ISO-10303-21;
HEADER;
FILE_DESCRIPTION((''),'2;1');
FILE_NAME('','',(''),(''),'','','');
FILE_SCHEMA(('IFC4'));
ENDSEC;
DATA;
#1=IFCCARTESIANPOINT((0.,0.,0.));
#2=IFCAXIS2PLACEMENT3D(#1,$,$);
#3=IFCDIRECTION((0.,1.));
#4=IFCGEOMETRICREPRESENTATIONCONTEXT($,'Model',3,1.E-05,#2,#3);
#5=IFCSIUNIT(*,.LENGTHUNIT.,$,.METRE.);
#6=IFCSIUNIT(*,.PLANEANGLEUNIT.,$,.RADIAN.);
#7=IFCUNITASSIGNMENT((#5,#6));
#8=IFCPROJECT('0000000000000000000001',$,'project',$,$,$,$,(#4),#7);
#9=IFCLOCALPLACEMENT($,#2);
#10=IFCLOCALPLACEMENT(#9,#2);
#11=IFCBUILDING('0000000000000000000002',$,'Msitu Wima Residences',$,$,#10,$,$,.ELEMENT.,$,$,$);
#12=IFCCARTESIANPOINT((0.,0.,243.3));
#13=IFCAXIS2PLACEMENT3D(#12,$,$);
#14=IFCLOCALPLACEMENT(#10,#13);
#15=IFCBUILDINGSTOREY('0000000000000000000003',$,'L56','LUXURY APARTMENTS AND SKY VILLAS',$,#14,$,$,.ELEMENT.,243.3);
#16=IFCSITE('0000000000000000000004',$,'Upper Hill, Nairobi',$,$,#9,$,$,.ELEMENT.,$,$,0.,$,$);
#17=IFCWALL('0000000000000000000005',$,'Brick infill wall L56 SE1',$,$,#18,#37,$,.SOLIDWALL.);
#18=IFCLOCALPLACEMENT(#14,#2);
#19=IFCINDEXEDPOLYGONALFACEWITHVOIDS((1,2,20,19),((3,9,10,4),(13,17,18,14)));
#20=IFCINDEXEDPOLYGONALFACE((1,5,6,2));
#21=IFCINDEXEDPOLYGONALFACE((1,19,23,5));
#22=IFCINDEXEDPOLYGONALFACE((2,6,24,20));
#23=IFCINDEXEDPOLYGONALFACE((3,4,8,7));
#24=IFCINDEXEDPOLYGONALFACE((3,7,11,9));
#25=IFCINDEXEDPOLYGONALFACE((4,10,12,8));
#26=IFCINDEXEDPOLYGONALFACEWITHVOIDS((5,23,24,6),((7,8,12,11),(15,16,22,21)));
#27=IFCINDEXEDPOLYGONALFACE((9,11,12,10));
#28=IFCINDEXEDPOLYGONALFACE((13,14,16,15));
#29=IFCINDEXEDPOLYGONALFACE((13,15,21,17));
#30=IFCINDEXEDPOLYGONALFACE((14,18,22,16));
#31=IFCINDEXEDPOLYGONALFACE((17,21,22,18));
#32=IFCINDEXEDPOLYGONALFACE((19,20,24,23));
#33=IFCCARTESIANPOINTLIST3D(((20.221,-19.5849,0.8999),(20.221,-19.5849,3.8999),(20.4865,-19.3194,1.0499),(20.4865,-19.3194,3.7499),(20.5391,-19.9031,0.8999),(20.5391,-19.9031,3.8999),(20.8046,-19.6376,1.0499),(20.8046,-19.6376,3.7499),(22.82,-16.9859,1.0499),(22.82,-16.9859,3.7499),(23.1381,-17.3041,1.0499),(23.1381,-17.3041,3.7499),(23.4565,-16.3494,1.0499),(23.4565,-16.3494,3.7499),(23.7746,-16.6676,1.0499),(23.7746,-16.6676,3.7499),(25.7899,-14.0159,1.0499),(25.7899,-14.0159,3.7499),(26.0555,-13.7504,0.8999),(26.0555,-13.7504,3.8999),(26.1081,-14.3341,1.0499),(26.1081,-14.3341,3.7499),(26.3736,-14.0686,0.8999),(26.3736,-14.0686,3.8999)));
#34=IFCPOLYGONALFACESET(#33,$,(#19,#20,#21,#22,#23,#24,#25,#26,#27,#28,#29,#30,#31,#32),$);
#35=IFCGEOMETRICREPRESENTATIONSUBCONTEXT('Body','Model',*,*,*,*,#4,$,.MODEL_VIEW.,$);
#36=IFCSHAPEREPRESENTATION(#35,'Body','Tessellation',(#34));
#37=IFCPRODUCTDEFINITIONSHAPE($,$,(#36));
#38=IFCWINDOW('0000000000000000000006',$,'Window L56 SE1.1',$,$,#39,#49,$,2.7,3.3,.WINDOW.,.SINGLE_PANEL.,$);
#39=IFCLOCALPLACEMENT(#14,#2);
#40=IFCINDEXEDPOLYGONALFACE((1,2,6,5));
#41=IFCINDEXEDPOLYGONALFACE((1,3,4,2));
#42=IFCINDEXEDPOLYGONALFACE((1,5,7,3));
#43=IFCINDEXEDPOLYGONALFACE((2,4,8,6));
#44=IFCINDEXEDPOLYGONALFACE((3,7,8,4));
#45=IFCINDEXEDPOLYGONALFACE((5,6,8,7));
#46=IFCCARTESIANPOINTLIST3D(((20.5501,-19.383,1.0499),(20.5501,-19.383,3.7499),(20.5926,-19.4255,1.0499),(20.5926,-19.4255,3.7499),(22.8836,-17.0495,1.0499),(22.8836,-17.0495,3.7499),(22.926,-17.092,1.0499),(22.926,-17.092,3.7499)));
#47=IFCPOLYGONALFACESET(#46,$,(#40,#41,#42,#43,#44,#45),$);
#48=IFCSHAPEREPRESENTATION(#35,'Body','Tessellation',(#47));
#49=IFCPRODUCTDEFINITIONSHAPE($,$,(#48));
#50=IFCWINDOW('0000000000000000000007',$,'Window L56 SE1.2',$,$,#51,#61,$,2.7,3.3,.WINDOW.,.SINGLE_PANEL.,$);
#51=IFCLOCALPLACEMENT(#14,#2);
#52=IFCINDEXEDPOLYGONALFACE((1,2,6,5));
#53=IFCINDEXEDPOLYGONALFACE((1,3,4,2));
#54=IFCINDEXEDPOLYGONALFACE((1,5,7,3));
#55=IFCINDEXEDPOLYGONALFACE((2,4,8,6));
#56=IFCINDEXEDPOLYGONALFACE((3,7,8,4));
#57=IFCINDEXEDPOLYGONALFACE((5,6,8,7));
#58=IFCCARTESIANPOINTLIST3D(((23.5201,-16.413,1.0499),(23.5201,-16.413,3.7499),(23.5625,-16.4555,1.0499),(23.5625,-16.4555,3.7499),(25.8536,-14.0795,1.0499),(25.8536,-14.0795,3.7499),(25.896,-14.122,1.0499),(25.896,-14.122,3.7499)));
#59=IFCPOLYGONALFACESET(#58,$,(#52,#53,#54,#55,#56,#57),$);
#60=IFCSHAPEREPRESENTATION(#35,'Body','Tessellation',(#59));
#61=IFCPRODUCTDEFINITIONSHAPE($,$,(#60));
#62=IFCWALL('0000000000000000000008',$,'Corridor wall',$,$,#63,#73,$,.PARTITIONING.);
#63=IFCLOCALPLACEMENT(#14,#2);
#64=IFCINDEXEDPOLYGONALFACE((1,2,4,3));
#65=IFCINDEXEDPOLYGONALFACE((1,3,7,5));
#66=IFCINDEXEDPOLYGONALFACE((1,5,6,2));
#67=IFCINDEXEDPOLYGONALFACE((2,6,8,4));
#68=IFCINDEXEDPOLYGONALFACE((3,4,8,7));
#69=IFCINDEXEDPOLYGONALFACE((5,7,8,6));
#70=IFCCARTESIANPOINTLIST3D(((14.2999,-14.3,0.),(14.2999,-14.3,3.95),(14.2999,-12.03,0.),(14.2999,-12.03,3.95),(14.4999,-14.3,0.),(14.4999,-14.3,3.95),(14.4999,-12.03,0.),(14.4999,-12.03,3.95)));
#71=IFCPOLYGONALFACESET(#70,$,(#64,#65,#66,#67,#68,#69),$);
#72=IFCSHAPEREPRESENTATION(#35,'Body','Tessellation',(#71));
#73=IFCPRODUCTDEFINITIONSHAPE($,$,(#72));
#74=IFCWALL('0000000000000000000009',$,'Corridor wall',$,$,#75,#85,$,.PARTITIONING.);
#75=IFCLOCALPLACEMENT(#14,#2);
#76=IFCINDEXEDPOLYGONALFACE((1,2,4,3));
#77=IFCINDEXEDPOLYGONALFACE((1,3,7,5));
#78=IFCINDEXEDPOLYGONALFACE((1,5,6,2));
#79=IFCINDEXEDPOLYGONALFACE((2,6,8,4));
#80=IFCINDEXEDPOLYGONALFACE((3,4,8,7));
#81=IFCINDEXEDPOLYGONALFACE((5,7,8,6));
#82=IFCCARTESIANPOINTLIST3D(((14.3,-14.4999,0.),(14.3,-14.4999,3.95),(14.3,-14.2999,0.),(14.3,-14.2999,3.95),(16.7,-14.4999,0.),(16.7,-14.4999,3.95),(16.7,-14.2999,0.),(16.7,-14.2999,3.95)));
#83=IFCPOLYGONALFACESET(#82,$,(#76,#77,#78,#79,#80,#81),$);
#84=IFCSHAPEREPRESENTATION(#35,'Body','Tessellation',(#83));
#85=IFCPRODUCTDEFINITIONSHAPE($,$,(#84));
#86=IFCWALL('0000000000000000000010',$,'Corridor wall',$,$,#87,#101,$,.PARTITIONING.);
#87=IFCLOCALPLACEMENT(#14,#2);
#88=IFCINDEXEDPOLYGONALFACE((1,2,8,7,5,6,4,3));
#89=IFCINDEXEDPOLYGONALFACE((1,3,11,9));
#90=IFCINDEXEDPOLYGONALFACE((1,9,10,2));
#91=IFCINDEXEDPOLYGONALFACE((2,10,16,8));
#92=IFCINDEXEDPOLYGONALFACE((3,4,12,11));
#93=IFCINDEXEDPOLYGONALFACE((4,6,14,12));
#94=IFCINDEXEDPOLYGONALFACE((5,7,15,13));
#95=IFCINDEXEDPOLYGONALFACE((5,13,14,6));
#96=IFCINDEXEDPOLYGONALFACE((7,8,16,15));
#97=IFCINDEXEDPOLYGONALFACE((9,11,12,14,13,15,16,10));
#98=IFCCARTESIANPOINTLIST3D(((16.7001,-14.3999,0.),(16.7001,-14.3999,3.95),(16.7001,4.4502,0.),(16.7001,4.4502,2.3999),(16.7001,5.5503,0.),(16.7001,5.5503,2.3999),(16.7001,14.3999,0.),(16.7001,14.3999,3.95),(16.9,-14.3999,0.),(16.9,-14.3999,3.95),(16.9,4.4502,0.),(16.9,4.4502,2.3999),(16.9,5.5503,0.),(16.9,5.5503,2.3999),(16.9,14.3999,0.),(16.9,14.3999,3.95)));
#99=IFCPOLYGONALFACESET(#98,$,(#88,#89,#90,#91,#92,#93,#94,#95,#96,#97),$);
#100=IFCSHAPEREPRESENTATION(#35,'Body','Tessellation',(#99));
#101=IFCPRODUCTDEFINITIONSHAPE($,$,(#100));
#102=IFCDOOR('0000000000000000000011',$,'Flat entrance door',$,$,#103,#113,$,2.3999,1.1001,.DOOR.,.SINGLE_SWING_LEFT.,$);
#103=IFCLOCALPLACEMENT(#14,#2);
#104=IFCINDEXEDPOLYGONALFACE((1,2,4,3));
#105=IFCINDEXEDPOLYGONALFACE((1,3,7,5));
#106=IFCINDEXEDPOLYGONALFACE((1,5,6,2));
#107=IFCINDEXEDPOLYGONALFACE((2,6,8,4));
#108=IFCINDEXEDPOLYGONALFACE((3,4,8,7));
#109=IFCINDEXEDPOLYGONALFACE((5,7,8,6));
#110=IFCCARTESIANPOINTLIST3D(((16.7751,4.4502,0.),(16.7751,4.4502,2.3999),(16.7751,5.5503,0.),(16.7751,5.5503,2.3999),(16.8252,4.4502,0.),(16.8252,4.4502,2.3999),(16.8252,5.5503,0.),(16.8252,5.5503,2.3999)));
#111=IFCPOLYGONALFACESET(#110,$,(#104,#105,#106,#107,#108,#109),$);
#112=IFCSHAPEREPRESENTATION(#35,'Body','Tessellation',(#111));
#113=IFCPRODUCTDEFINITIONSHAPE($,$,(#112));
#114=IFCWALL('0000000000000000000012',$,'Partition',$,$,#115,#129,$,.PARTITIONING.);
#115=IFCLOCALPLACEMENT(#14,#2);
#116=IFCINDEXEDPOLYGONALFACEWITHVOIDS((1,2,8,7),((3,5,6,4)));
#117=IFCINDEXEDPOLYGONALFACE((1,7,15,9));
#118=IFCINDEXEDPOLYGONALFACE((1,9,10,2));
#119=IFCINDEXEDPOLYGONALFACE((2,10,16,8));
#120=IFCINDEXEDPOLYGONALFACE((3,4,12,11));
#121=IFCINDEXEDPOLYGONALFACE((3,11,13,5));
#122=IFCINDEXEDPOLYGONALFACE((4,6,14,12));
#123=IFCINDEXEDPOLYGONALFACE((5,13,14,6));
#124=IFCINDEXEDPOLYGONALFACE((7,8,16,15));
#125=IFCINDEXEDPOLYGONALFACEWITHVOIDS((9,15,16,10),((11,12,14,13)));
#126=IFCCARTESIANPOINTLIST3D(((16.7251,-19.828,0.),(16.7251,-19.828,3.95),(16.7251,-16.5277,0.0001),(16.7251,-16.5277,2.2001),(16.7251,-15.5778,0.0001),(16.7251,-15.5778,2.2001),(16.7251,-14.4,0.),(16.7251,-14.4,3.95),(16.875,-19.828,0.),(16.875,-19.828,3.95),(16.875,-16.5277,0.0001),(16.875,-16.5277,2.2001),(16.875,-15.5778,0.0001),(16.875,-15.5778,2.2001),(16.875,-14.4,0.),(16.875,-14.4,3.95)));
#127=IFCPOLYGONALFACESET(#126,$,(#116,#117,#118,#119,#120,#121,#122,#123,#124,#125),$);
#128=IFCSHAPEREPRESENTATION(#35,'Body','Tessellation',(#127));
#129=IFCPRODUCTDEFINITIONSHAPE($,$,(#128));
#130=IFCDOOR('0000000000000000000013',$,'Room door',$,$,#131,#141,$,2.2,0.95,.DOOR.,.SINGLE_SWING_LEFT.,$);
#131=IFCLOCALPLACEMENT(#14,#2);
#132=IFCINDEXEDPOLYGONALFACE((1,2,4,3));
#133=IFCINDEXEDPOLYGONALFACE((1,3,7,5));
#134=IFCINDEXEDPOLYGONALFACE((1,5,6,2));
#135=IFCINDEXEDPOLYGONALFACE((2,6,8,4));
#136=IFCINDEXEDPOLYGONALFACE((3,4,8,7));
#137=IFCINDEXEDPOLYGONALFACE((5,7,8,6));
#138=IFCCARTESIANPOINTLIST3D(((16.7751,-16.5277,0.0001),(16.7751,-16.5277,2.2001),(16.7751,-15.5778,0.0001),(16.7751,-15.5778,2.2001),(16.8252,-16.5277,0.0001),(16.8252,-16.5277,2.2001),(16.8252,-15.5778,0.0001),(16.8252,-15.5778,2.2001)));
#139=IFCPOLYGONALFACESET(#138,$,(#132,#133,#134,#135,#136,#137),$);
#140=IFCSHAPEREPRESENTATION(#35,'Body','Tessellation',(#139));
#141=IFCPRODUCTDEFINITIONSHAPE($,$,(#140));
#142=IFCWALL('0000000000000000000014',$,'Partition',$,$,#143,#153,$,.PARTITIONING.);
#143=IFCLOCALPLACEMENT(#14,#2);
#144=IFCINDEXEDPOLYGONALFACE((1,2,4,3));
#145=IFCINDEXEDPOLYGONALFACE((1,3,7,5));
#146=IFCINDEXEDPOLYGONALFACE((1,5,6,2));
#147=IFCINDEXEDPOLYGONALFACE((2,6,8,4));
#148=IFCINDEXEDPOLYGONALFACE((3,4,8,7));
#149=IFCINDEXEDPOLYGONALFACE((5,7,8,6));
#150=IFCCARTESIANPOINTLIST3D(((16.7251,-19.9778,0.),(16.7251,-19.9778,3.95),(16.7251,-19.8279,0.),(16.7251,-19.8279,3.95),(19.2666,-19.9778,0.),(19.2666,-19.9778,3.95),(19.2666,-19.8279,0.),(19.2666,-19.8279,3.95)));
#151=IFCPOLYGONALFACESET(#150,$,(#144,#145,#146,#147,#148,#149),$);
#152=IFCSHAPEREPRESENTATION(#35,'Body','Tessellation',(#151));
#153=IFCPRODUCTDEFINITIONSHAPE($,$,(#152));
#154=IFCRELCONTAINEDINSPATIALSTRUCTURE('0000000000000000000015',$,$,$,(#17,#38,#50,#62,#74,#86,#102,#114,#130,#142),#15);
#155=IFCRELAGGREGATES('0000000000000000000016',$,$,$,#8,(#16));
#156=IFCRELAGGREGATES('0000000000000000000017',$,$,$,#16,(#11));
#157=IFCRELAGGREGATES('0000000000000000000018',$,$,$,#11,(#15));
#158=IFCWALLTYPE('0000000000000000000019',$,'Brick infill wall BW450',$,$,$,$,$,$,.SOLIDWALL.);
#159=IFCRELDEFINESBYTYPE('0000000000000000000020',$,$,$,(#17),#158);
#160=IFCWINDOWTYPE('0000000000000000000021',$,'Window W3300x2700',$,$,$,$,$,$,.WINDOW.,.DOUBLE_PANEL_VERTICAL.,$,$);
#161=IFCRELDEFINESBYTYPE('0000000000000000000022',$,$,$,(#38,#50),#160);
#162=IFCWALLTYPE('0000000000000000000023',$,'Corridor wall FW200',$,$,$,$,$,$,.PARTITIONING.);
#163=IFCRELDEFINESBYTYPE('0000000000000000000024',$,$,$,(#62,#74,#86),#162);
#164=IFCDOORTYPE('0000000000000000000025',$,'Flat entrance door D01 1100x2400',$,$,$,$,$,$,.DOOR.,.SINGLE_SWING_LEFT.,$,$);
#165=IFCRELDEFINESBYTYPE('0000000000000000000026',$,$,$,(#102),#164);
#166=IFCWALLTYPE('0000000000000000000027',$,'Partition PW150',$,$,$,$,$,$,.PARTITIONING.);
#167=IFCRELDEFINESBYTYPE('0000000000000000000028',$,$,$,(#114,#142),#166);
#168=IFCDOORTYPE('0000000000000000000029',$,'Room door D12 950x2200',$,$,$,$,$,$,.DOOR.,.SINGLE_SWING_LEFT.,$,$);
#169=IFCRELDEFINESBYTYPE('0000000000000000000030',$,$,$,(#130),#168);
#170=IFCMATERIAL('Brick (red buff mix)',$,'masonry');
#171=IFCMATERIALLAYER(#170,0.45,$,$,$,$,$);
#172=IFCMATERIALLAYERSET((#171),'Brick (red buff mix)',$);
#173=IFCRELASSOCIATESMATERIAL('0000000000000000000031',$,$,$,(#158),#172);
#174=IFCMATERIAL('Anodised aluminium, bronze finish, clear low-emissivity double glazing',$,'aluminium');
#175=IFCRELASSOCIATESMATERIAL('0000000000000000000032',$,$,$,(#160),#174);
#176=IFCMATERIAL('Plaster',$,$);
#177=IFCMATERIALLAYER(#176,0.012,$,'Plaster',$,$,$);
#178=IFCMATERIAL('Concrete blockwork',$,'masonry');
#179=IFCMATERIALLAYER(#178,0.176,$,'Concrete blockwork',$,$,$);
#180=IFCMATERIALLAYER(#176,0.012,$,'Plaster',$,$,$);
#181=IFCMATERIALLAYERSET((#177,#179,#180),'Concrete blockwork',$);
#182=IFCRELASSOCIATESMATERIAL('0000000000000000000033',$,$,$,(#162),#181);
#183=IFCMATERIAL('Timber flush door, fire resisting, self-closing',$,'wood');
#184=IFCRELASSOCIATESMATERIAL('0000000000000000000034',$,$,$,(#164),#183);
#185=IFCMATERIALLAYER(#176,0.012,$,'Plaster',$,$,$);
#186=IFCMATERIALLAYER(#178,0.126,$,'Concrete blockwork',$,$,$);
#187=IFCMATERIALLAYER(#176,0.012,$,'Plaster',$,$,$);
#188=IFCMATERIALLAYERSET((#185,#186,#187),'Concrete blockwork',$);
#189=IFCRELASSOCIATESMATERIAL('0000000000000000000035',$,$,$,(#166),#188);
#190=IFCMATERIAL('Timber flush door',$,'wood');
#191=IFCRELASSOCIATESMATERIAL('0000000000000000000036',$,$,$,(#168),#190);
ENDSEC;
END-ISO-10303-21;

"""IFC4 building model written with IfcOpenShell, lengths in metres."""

from ifc_helpers import new_model, si_unit, direction, frame, frame_2d, origin, place, context, subcontext, project, spatial, rectangle, extrude, material, layer, layer_set, type_object, element, fill, save


model = new_model("IFC4")

# Units and contexts
model_context = context("Model", 3, precision=1e-05, world=origin(), true_north=direction((0.0, 1.0)))
body_context = subcontext(model_context, "Body", "Model", "MODEL_VIEW")
ifc_project = project(units=[si_unit("LENGTHUNIT", "METRE"), si_unit("PLANEANGLEUNIT", "RADIAN")], contexts=[model_context])

# Site, building, storey
site_placement = place(None, origin())
site = spatial("IfcSite", under=ifc_project, at=site_placement, Name="Upper Hill, Nairobi", CompositionType="ELEMENT", RefElevation=0.0)
building_placement = place(site_placement, origin())
building = spatial("IfcBuilding", under=site, at=building_placement, Name="Msitu Wima Residences", CompositionType="ELEMENT")
storey_placement = place(building_placement, frame((0.0, 0.0, 243.3)))
storey = spatial("IfcBuildingStorey", under=building, at=storey_placement, Name="L56", Description="LUXURY APARTMENTS AND SKY VILLAS", CompositionType="ELEMENT", Elevation=243.3)

# Shared definitions
ifc_material_1 = material(Name="Brick (red buff mix)", Category="masonry")
ifc_layer_1 = layer(ifc_material_1, 0.45)
ifc_layer_set_1 = layer_set([ifc_layer_1], Name="Brick (red buff mix)")
wall_type_1 = type_object("IfcWallType", Name="Brick infill wall BW450", PredefinedType="SOLIDWALL", material=ifc_layer_set_1)
ifc_material_2 = material(Name="Anodised aluminium, bronze finish, clear low-emissivity double glazing", Category="aluminium")
window_type = type_object("IfcWindowType", Name="Window W3300x2700", PartitioningType="DOUBLE_PANEL_VERTICAL", PredefinedType="WINDOW", material=ifc_material_2)

# Wall, openings, windows
wall_1_placement = place(storey_placement, frame((20.3801, -19.7439, 0.8999), z_axis=(0.0, 0.0, 1.0), x_axis=(0.707107, 0.707107, 0.0)))
wall_1 = element("IfcWall", 1, at=wall_1_placement, inside=storey, type_object=wall_type_1, Name="Brick infill wall L56 SE1", PredefinedType="SOLIDWALL", context=body_context, shape_type="SweptSolid", body=[
    extrude(rectangle(XDim=8.2512, YDim=0.45, at=frame_2d((4.1255, 0.0))), origin(), (0.0, 0.0, 1.0), 3.0),
])
opening_1_placement = place(wall_1_placement, frame((0.3755, 0.0, 0.1499)))
opening_1 = element("IfcOpeningElement", 2, at=opening_1_placement, cuts=wall_1, PredefinedType="OPENING", context=body_context, shape_type="SweptSolid", body=[
    extrude(rectangle(XDim=3.3, YDim=2.7, at=frame_2d((1.6499, 1.3501))), frame((0.0, 0.2349, 0.0), z_axis=(0.0, -1.0, 0.0), x_axis=(1.0, 0.0, 0.0)), (0.0, 0.0, 1.0), 0.47),
])
opening_2_placement = place(wall_1_placement, frame((4.5757, 0.0, 0.1499)))
opening_2 = element("IfcOpeningElement", 3, at=opening_2_placement, cuts=wall_1, PredefinedType="OPENING", context=body_context, shape_type="SweptSolid", body=[
    extrude(rectangle(XDim=3.3, YDim=2.7, at=frame_2d((1.6499, 1.3501))), frame((0.0, 0.2349, 0.0), z_axis=(0.0, -1.0, 0.0), x_axis=(1.0, 0.0, 0.0)), (0.0, 0.0, 1.0), 0.47),
])
window_1_placement = place(opening_1_placement, origin())
window_1 = element("IfcWindow", 4, at=window_1_placement, inside=storey, type_object=window_type, Name="Window L56 SE1.1", OverallHeight=2.7, OverallWidth=3.3, PartitioningType="SINGLE_PANEL", PredefinedType="WINDOW", context=body_context, shape_type="SweptSolid", body=[
    extrude(rectangle(XDim=3.3, YDim=2.7, at=frame_2d((1.6499, 1.3501))), frame((0.0, 0.135, 0.0), z_axis=(0.0, -1.0, 0.0), x_axis=(1.0, 0.0, 0.0)), (0.0, 0.0, 1.0), 0.0601),
])
fill(opening_1, window_1)
window_2_placement = place(opening_2_placement, origin())
window_2 = element("IfcWindow", 5, at=window_2_placement, inside=storey, type_object=window_type, Name="Window L56 SE1.2", OverallHeight=2.7, OverallWidth=3.3, PartitioningType="SINGLE_PANEL", PredefinedType="WINDOW", context=body_context, shape_type="SweptSolid", body=[
    extrude(rectangle(XDim=3.3, YDim=2.7, at=frame_2d((1.6499, 1.3501))), frame((0.0, 0.135, 0.0), z_axis=(0.0, -1.0, 0.0), x_axis=(1.0, 0.0, 0.0)), (0.0, 0.0, 1.0), 0.0601),
])
fill(opening_2, window_2)

# Walls
ifc_material_3 = material(Name="Plaster")
ifc_layer_2 = layer(ifc_material_3, 0.012, Name="Plaster")
ifc_material_4 = material(Name="Concrete blockwork", Category="masonry")
ifc_layer_3 = layer(ifc_material_4, 0.176, Name="Concrete blockwork")
ifc_layer_4 = layer(ifc_material_3, 0.012, Name="Plaster")
ifc_layer_set_2 = layer_set([ifc_layer_2, ifc_layer_3, ifc_layer_4], Name="Concrete blockwork")
wall_type_2 = type_object("IfcWallType", Name="Corridor wall FW200", PredefinedType="PARTITIONING", material=ifc_layer_set_2)
wall_2_placement = place(storey_placement, frame((14.3999, -14.3, 0.0), z_axis=(0.0, 0.0, 1.0), x_axis=(0.0, 1.0, 0.0)))
element("IfcWall", 6, at=wall_2_placement, inside=storey, type_object=wall_type_2, Name="Corridor wall", PredefinedType="PARTITIONING", context=body_context, shape_type="SweptSolid", body=[
    extrude(rectangle(XDim=2.27, YDim=0.2, at=frame_2d((1.135, 0.0))), origin(), (0.0, 0.0, 1.0), 3.95),
])
wall_3_placement = place(storey_placement, frame((14.3, -14.3999, 0.0), z_axis=(0.0, 0.0, 1.0), x_axis=(1.0, 0.0, 0.0)))
element("IfcWall", 7, at=wall_3_placement, inside=storey, type_object=wall_type_2, Name="Corridor wall", PredefinedType="PARTITIONING", context=body_context, shape_type="SweptSolid", body=[
    extrude(rectangle(XDim=2.3999, YDim=0.2, at=frame_2d((1.2, 0.0))), origin(), (0.0, 0.0, 1.0), 3.95),
])

# Walls, openings, doors
wall_4_placement = place(storey_placement, frame((16.8, -14.3999, 0.0), z_axis=(0.0, 0.0, 1.0), x_axis=(0.0, 1.0, 0.0)))
wall_4 = element("IfcWall", 8, at=wall_4_placement, inside=storey, type_object=wall_type_2, Name="Corridor wall", PredefinedType="PARTITIONING", context=body_context, shape_type="SweptSolid", body=[
    extrude(rectangle(XDim=28.7998, YDim=0.2, at=frame_2d((14.3999, 0.0))), origin(), (0.0, 0.0, 1.0), 3.95),
])
opening_3_placement = place(wall_4_placement, frame((18.8501, 0.0, 0.0)))
opening_3 = element("IfcOpeningElement", 9, at=opening_3_placement, cuts=wall_4, PredefinedType="OPENING", context=body_context, shape_type="SweptSolid", body=[
    extrude(rectangle(XDim=1.1001, YDim=2.3999, at=frame_2d((0.55, 1.2))), frame((0.0, 0.1099, 0.0), z_axis=(0.0, -1.0, 0.0), x_axis=(1.0, 0.0, 0.0)), (0.0, 0.0, 1.0), 0.22),
])
ifc_material_5 = material(Name="Timber flush door, fire resisting, self-closing", Category="wood")
door_type_1 = type_object("IfcDoorType", Name="Flat entrance door D01 1100x2400", OperationType="SINGLE_SWING_LEFT", PredefinedType="DOOR", material=ifc_material_5)
door_1_placement = place(opening_3_placement, origin())
door_1 = element("IfcDoor", 10, at=door_1_placement, inside=storey, type_object=door_type_1, Name="Flat entrance door", OperationType="SINGLE_SWING_LEFT", OverallHeight=2.3999, OverallWidth=1.1001, PredefinedType="DOOR", context=body_context, shape_type="SweptSolid", body=[
    extrude(rectangle(XDim=1.1001, YDim=2.3999, at=frame_2d((0.55, 1.2))), frame((0.0, 0.0249, 0.0), z_axis=(0.0, -1.0, 0.0), x_axis=(1.0, 0.0, 0.0)), (0.0, 0.0, 1.0), 0.05),
])
fill(opening_3, door_1)
ifc_layer_5 = layer(ifc_material_3, 0.012, Name="Plaster")
ifc_layer_6 = layer(ifc_material_4, 0.126, Name="Concrete blockwork")
ifc_layer_7 = layer(ifc_material_3, 0.012, Name="Plaster")
ifc_layer_set_3 = layer_set([ifc_layer_5, ifc_layer_6, ifc_layer_7], Name="Concrete blockwork")
wall_type_3 = type_object("IfcWallType", Name="Partition PW150", PredefinedType="PARTITIONING", material=ifc_layer_set_3)
wall_5_placement = place(storey_placement, frame((16.8, -19.8279, 0.0), z_axis=(0.0, 0.0, 1.0), x_axis=(0.0, 1.0, 0.0)))
wall_5 = element("IfcWall", 11, at=wall_5_placement, inside=storey, type_object=wall_type_3, Name="Partition", PredefinedType="PARTITIONING", context=body_context, shape_type="SweptSolid", body=[
    extrude(rectangle(XDim=5.428, YDim=0.1499, at=frame_2d((2.7139, 0.0))), origin(), (0.0, 0.0, 1.0), 3.95),
])
opening_4_placement = place(wall_5_placement, frame((3.3, 0.0, 0.0)))
opening_4 = element("IfcOpeningElement", 12, at=opening_4_placement, cuts=wall_5, PredefinedType="OPENING", context=body_context, shape_type="SweptSolid", body=[
    extrude(rectangle(XDim=0.95, YDim=2.2, at=frame_2d((0.4751, 1.1001))), frame((0.0, 0.085, 0.0), z_axis=(0.0, -1.0, 0.0), x_axis=(1.0, 0.0, 0.0)), (0.0, 0.0, 1.0), 0.1699),
])
ifc_material_6 = material(Name="Timber flush door", Category="wood")
door_type_2 = type_object("IfcDoorType", Name="Room door D12 950x2200", OperationType="SINGLE_SWING_LEFT", PredefinedType="DOOR", material=ifc_material_6)
door_2_placement = place(opening_4_placement, origin())
door_2 = element("IfcDoor", 13, at=door_2_placement, inside=storey, type_object=door_type_2, Name="Room door", OperationType="SINGLE_SWING_LEFT", OverallHeight=2.2, OverallWidth=0.95, PredefinedType="DOOR", context=body_context, shape_type="SweptSolid", body=[
    extrude(rectangle(XDim=0.95, YDim=2.2, at=frame_2d((0.4751, 1.1001))), frame((0.0, 0.0249, 0.0), z_axis=(0.0, -1.0, 0.0), x_axis=(1.0, 0.0, 0.0)), (0.0, 0.0, 1.0), 0.05),
])
fill(opening_4, door_2)

# Wall
wall_6_placement = place(storey_placement, frame((16.7251, -19.9028, 0.0), z_axis=(0.0, 0.0, 1.0), x_axis=(1.0, 0.0, 0.0)))
element("IfcWall", 14, at=wall_6_placement, inside=storey, type_object=wall_type_3, Name="Partition", PredefinedType="PARTITIONING", context=body_context, shape_type="SweptSolid", body=[
    extrude(rectangle(XDim=2.5415, YDim=0.1499, at=frame_2d((1.2708, 0.0))), origin(), (0.0, 0.0, 1.0), 3.95),
])

save(model, "model.ifc")
